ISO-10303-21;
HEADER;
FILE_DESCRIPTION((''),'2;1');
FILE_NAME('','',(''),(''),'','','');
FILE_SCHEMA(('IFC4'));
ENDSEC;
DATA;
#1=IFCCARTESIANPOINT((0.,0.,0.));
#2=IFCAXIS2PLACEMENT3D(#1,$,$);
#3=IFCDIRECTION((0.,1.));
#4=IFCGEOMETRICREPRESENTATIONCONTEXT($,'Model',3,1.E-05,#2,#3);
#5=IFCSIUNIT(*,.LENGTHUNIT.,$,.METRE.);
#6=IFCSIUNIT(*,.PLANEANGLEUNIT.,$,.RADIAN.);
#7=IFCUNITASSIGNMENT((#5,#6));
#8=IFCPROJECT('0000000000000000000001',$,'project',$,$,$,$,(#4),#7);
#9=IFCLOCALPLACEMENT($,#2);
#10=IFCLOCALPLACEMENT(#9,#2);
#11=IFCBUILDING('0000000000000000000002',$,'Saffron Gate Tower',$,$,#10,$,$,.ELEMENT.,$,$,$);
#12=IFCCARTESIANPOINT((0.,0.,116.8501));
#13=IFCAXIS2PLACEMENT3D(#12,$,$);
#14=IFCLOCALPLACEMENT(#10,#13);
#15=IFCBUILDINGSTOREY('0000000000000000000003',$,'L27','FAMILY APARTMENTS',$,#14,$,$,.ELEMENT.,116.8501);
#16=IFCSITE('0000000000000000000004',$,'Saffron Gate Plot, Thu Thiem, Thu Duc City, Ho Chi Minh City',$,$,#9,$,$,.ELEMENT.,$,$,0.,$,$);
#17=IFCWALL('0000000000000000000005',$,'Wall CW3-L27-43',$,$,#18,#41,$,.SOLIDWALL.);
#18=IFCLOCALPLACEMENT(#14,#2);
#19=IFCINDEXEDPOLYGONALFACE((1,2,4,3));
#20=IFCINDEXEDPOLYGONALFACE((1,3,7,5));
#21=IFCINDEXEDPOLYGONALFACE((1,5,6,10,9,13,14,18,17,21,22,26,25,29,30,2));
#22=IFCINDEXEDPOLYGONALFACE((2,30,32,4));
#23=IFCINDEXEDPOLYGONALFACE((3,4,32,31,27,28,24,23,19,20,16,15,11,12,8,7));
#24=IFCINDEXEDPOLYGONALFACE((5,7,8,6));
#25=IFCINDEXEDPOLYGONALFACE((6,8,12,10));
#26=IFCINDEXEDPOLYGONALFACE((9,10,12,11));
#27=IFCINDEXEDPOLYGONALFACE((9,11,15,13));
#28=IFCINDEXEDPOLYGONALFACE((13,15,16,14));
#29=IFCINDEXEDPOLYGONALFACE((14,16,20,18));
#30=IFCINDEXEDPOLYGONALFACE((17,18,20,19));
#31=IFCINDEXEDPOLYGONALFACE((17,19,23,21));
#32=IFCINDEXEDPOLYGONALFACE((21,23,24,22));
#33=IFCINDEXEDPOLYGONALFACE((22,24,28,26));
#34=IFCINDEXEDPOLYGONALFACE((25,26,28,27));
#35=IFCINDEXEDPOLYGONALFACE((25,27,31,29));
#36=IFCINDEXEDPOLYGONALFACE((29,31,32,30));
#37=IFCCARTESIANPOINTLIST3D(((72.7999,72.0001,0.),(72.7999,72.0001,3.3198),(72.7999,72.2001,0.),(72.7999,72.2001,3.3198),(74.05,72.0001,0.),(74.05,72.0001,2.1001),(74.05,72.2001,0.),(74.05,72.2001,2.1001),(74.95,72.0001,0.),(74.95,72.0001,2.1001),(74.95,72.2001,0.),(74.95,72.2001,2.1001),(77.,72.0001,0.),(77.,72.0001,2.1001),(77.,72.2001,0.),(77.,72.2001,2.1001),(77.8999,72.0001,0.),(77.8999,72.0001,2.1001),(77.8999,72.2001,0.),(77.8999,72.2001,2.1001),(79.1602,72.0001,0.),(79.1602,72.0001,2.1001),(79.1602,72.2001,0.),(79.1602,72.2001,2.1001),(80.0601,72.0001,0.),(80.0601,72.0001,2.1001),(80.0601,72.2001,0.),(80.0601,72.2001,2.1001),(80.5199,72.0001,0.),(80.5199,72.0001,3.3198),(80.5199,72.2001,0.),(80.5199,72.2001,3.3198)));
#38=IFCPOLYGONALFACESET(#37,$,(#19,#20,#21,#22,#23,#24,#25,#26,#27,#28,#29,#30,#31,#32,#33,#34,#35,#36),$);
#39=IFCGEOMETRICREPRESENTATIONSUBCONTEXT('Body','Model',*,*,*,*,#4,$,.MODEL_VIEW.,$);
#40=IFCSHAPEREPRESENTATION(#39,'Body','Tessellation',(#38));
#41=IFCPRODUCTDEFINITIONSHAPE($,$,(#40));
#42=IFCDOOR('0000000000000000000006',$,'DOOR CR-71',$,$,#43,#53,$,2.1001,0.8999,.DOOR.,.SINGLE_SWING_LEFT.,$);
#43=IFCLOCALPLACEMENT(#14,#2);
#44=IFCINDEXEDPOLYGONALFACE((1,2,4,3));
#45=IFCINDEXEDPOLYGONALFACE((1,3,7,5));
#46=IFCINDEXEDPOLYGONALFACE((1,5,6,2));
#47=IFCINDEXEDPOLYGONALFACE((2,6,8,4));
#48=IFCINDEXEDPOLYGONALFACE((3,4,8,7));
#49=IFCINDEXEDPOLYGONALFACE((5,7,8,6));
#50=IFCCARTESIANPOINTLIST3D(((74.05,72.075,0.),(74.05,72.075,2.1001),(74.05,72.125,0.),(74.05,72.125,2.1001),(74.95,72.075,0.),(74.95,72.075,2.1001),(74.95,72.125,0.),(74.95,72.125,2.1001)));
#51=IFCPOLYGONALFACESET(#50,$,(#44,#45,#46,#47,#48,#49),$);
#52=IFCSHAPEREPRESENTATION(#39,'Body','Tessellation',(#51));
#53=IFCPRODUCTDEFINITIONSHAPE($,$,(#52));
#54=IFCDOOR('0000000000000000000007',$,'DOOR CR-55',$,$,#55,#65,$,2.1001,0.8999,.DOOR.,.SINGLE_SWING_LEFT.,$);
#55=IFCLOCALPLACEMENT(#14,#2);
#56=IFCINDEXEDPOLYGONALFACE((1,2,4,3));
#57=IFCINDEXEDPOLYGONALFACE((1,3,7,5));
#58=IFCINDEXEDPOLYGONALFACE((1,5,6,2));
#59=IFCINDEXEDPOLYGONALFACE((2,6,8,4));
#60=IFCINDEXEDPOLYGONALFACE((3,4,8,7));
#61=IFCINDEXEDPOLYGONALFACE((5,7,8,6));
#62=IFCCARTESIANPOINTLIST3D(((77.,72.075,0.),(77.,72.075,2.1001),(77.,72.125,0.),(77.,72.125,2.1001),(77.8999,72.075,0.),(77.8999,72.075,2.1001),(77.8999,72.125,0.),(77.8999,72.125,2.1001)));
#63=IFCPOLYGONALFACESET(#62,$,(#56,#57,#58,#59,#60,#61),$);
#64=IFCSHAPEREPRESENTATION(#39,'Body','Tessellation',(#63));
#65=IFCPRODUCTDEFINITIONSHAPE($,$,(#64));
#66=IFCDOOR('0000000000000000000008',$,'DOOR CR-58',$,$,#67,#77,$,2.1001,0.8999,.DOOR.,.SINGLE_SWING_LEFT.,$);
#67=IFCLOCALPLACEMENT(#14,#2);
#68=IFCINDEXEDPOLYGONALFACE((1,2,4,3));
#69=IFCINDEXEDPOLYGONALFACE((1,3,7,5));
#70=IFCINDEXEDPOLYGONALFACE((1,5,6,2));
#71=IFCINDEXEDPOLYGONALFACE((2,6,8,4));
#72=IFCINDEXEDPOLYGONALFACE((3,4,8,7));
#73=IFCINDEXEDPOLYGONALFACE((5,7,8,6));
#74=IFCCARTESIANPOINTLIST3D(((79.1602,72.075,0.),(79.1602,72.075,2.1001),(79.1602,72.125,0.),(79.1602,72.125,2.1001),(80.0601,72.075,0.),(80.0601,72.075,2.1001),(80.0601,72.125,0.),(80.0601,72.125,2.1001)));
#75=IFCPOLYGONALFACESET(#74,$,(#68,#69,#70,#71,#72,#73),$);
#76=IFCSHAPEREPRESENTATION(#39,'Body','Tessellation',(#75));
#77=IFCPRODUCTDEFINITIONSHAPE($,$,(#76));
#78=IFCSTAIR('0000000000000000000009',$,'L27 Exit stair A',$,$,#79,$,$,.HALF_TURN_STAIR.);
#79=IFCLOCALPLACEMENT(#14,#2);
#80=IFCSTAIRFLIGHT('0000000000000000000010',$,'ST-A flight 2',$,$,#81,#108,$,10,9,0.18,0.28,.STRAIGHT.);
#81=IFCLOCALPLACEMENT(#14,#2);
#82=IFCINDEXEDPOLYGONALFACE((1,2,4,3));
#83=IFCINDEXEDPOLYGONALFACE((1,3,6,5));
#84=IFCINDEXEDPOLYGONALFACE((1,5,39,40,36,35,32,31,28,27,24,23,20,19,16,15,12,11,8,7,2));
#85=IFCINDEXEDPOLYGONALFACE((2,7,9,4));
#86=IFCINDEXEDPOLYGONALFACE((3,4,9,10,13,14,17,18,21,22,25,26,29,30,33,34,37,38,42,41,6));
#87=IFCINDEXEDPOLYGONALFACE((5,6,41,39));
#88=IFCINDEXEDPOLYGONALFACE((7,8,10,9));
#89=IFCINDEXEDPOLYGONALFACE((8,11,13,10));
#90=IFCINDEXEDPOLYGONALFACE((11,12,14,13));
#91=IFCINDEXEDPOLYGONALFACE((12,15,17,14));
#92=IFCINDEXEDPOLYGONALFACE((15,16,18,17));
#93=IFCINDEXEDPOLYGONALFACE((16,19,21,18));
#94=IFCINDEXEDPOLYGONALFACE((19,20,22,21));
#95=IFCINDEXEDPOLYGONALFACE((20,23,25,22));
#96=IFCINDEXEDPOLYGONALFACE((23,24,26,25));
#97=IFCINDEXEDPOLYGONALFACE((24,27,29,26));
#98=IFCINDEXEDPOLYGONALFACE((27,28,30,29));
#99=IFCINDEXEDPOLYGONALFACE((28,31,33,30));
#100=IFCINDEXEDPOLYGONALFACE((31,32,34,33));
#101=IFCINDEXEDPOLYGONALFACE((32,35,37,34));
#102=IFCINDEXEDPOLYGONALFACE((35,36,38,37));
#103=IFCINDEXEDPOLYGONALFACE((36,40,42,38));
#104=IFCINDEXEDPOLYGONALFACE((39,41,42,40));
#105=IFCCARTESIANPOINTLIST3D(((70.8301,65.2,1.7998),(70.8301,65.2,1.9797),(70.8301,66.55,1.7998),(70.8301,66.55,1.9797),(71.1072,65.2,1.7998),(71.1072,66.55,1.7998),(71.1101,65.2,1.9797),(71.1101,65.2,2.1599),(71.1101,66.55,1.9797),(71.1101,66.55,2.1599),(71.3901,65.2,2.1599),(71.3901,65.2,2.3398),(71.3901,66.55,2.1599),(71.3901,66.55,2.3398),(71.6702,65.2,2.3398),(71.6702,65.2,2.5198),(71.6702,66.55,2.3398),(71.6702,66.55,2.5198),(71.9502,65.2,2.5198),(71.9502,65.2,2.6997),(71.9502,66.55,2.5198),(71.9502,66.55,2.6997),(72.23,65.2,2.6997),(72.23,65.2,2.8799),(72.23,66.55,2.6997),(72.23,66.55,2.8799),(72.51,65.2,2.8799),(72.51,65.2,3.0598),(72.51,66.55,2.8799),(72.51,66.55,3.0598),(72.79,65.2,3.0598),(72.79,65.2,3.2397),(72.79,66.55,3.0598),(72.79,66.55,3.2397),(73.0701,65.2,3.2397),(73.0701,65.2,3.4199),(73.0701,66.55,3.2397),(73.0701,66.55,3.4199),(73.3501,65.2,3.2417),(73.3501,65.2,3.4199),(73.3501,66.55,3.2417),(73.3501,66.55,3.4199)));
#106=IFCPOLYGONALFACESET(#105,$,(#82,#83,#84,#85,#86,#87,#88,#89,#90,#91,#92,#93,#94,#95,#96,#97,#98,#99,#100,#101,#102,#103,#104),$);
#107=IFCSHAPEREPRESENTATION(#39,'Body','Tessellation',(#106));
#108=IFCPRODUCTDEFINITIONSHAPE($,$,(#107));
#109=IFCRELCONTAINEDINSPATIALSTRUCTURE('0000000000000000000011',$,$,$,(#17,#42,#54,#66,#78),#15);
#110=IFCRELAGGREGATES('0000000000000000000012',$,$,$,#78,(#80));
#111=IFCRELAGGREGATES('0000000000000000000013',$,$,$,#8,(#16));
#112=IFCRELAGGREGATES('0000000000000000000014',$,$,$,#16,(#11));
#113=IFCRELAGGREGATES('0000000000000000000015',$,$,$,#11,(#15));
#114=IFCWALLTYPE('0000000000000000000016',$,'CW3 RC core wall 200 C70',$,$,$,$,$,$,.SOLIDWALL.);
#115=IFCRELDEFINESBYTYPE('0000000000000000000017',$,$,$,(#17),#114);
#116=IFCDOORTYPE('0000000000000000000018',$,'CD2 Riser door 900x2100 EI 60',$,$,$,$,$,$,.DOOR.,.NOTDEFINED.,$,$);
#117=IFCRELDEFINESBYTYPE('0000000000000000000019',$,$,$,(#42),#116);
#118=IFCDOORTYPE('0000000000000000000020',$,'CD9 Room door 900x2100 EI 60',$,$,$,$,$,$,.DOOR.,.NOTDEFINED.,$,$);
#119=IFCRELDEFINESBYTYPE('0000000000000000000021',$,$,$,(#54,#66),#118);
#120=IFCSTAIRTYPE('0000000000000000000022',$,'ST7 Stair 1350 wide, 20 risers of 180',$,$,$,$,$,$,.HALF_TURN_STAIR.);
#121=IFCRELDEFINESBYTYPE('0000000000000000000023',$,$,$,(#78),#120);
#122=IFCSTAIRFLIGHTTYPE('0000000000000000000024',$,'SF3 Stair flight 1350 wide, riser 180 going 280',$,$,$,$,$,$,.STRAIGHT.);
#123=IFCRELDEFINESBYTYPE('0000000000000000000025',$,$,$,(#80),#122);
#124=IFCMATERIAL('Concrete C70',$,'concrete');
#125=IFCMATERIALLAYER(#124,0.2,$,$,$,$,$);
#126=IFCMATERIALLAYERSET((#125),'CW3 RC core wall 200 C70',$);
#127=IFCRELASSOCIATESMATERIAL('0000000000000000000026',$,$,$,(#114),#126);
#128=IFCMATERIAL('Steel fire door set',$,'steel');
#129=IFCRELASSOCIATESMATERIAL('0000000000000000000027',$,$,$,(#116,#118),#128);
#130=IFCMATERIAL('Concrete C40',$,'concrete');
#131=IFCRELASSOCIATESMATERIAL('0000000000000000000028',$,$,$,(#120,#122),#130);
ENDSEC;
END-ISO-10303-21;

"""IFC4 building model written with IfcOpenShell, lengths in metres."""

from ifc_helpers import new_model, si_unit, direction, frame, frame_2d, origin, place, context, subcontext, project, spatial, polyline, rectangle, outline, extrude, material, layer, layer_set, type_object, element, fill, aggregate, save


model = new_model("IFC4")

# Units and contexts
model_context = context("Model", 3, precision=1e-05, world=origin(), true_north=direction((0.0, 1.0)))
body_context = subcontext(model_context, "Body", "Model", "MODEL_VIEW")
ifc_project = project(units=[si_unit("LENGTHUNIT", "METRE"), si_unit("PLANEANGLEUNIT", "RADIAN")], contexts=[model_context])

# Site, building, storey
site_placement = place(None, origin())
site = spatial("IfcSite", under=ifc_project, at=site_placement, Name="Saffron Gate Plot, Thu Thiem, Thu Duc City, Ho Chi Minh City", CompositionType="ELEMENT", RefElevation=0.0)
building_placement = place(site_placement, origin())
building = spatial("IfcBuilding", under=site, at=building_placement, Name="Saffron Gate Tower", CompositionType="ELEMENT")
storey_placement = place(building_placement, frame((0.0, 0.0, 116.8501)))
storey = spatial("IfcBuildingStorey", under=building, at=storey_placement, Name="L27", Description="FAMILY APARTMENTS", CompositionType="ELEMENT", Elevation=116.8501)

# Shared definitions
ifc_material_1 = material(Name="Concrete C70", Category="concrete")
ifc_material_2 = material(Name="Steel fire door set", Category="steel")
ifc_layer_1 = layer(ifc_material_1, 0.2)
ifc_layer_set_1 = layer_set([ifc_layer_1], Name="CW3 RC core wall 200 C70")
wall_type_1 = type_object("IfcWallType", Name="CW3 RC core wall 200 C70", PredefinedType="SOLIDWALL", material=ifc_layer_set_1)

# Wall, openings, doors
wall_1_placement = place(storey_placement, frame((72.8, 72.1001, 0.0), z_axis=(0.0, 0.0, 1.0), x_axis=(1.0, 0.0, 0.0)))
wall_1 = element("IfcWall", 1, at=wall_1_placement, inside=storey, type_object=wall_type_1, Name="Wall CW3-L27-43", PredefinedType="SOLIDWALL", context=body_context, shape_type="SweptSolid", body=[
    extrude(rectangle(XDim=7.72, YDim=0.2, at=frame_2d((3.8599, 0.0))), origin(), (0.0, 0.0, 1.0), 3.3198),
])
opening_1_placement = place(wall_1_placement, frame((1.25, 0.0, 0.0)))
opening_1 = element("IfcOpeningElement", 2, at=opening_1_placement, cuts=wall_1, PredefinedType="OPENING", context=body_context, shape_type="SweptSolid", body=[
    extrude(rectangle(XDim=0.8999, YDim=2.1001, at=frame_2d((0.45, 1.05))), frame((0.0, 0.1099, 0.0), z_axis=(0.0, -1.0, 0.0), x_axis=(1.0, 0.0, 0.0)), (0.0, 0.0, 1.0), 0.22),
])
opening_2_placement = place(wall_1_placement, frame((4.2, 0.0, 0.0)))
opening_2 = element("IfcOpeningElement", 3, at=opening_2_placement, cuts=wall_1, PredefinedType="OPENING", context=body_context, shape_type="SweptSolid", body=[
    extrude(rectangle(XDim=0.8999, YDim=2.1001, at=frame_2d((0.45, 1.05))), frame((0.0, 0.1099, 0.0), z_axis=(0.0, -1.0, 0.0), x_axis=(1.0, 0.0, 0.0)), (0.0, 0.0, 1.0), 0.22),
])
opening_3_placement = place(wall_1_placement, frame((6.3601, 0.0, 0.0)))
opening_3 = element("IfcOpeningElement", 4, at=opening_3_placement, cuts=wall_1, PredefinedType="OPENING", context=body_context, shape_type="SweptSolid", body=[
    extrude(rectangle(XDim=0.8999, YDim=2.1001, at=frame_2d((0.45, 1.05))), frame((0.0, 0.1099, 0.0), z_axis=(0.0, -1.0, 0.0), x_axis=(1.0, 0.0, 0.0)), (0.0, 0.0, 1.0), 0.22),
])
door_type_1 = type_object("IfcDoorType", Name="CD2 Riser door 900x2100 EI 60", OperationType="NOTDEFINED", PredefinedType="DOOR", material=ifc_material_2)
door_1_placement = place(opening_1_placement, origin())
door_1 = element("IfcDoor", 5, at=door_1_placement, inside=storey, type_object=door_type_1, Name="DOOR CR-71", OperationType="SINGLE_SWING_LEFT", OverallHeight=2.1001, OverallWidth=0.8999, PredefinedType="DOOR", context=body_context, shape_type="SweptSolid", body=[
    extrude(rectangle(XDim=0.8999, YDim=2.1001, at=frame_2d((0.45, 1.05))), frame((0.0, 0.0249, 0.0), z_axis=(0.0, -1.0, 0.0), x_axis=(1.0, 0.0, 0.0)), (0.0, 0.0, 1.0), 0.05),
])
fill(opening_1, door_1)
door_type_2 = type_object("IfcDoorType", Name="CD9 Room door 900x2100 EI 60", OperationType="NOTDEFINED", PredefinedType="DOOR", material=ifc_material_2)
door_2_placement = place(opening_2_placement, origin())
door_2 = element("IfcDoor", 6, at=door_2_placement, inside=storey, type_object=door_type_2, Name="DOOR CR-55", OperationType="SINGLE_SWING_LEFT", OverallHeight=2.1001, OverallWidth=0.8999, PredefinedType="DOOR", context=body_context, shape_type="SweptSolid", body=[
    extrude(rectangle(XDim=0.8999, YDim=2.1001, at=frame_2d((0.45, 1.05))), frame((0.0, 0.0249, 0.0), z_axis=(0.0, -1.0, 0.0), x_axis=(1.0, 0.0, 0.0)), (0.0, 0.0, 1.0), 0.05),
])
fill(opening_2, door_2)
door_3_placement = place(opening_3_placement, origin())
door_3 = element("IfcDoor", 7, at=door_3_placement, inside=storey, type_object=door_type_2, Name="DOOR CR-58", OperationType="SINGLE_SWING_LEFT", OverallHeight=2.1001, OverallWidth=0.8999, PredefinedType="DOOR", context=body_context, shape_type="SweptSolid", body=[
    extrude(rectangle(XDim=0.8999, YDim=2.1001, at=frame_2d((0.45, 1.05))), frame((0.0, 0.0249, 0.0), z_axis=(0.0, -1.0, 0.0), x_axis=(1.0, 0.0, 0.0)), (0.0, 0.0, 1.0), 0.05),
])
fill(opening_3, door_3)

# Stair, stair flight
ifc_material_3 = material(Name="Concrete C40", Category="concrete")
stair_type = type_object("IfcStairType", Name="ST7 Stair 1350 wide, 20 risers of 180", PredefinedType="HALF_TURN_STAIR", material=ifc_material_3)
stair_placement = place(storey_placement, origin())
stair = element("IfcStair", 8, at=stair_placement, inside=storey, type_object=stair_type, Name="L27 Exit stair A", PredefinedType="HALF_TURN_STAIR")
stair_flight_type = type_object("IfcStairFlightType", Name="SF3 Stair flight 1350 wide, riser 180 going 280", PredefinedType="STRAIGHT", material=ifc_material_3)
stair_flight_placement = place(storey_placement, frame((70.8301, 65.875, 1.7998), z_axis=(0.0, 0.0, 1.0), x_axis=(1.0, 0.0, 0.0)))
stair_flight = element("IfcStairFlight", 9, at=stair_flight_placement, type_object=stair_flight_type, Name="ST-A flight 2", NumberOfRisers=10, NumberOfTreads=9, PredefinedType="STRAIGHT", RiserHeight=0.18, TreadLength=0.28, context=body_context, shape_type="SweptSolid", body=[
    extrude(outline(polyline([(0.0, 0.0), (0.0, 0.1799), (0.28, 0.1799), (0.28, 0.3601), (0.5601, 0.3601), (0.5601, 0.54), (0.8401, 0.54), (0.8401, 0.72), (1.1201, 0.72), (1.1201, 0.8999), (1.3999, 0.8999), (1.3999, 1.0801), (1.6799, 1.0801), (1.6799, 1.26), (1.96, 1.26), (1.96, 1.4399), (2.24, 1.4399), (2.24, 1.6201), (2.52, 1.6201), (2.52, 1.8), (2.52, 1.4419), (0.2771, 0.0), (0.0, 0.0)])), frame((0.0, 0.675, 0.0), z_axis=(0.0, -1.0, 0.0), x_axis=(1.0, 0.0, 0.0)), (0.0, 0.0, 1.0), 1.3501),
])
aggregate(stair, [stair_flight])

save(model, "model.ifc")
